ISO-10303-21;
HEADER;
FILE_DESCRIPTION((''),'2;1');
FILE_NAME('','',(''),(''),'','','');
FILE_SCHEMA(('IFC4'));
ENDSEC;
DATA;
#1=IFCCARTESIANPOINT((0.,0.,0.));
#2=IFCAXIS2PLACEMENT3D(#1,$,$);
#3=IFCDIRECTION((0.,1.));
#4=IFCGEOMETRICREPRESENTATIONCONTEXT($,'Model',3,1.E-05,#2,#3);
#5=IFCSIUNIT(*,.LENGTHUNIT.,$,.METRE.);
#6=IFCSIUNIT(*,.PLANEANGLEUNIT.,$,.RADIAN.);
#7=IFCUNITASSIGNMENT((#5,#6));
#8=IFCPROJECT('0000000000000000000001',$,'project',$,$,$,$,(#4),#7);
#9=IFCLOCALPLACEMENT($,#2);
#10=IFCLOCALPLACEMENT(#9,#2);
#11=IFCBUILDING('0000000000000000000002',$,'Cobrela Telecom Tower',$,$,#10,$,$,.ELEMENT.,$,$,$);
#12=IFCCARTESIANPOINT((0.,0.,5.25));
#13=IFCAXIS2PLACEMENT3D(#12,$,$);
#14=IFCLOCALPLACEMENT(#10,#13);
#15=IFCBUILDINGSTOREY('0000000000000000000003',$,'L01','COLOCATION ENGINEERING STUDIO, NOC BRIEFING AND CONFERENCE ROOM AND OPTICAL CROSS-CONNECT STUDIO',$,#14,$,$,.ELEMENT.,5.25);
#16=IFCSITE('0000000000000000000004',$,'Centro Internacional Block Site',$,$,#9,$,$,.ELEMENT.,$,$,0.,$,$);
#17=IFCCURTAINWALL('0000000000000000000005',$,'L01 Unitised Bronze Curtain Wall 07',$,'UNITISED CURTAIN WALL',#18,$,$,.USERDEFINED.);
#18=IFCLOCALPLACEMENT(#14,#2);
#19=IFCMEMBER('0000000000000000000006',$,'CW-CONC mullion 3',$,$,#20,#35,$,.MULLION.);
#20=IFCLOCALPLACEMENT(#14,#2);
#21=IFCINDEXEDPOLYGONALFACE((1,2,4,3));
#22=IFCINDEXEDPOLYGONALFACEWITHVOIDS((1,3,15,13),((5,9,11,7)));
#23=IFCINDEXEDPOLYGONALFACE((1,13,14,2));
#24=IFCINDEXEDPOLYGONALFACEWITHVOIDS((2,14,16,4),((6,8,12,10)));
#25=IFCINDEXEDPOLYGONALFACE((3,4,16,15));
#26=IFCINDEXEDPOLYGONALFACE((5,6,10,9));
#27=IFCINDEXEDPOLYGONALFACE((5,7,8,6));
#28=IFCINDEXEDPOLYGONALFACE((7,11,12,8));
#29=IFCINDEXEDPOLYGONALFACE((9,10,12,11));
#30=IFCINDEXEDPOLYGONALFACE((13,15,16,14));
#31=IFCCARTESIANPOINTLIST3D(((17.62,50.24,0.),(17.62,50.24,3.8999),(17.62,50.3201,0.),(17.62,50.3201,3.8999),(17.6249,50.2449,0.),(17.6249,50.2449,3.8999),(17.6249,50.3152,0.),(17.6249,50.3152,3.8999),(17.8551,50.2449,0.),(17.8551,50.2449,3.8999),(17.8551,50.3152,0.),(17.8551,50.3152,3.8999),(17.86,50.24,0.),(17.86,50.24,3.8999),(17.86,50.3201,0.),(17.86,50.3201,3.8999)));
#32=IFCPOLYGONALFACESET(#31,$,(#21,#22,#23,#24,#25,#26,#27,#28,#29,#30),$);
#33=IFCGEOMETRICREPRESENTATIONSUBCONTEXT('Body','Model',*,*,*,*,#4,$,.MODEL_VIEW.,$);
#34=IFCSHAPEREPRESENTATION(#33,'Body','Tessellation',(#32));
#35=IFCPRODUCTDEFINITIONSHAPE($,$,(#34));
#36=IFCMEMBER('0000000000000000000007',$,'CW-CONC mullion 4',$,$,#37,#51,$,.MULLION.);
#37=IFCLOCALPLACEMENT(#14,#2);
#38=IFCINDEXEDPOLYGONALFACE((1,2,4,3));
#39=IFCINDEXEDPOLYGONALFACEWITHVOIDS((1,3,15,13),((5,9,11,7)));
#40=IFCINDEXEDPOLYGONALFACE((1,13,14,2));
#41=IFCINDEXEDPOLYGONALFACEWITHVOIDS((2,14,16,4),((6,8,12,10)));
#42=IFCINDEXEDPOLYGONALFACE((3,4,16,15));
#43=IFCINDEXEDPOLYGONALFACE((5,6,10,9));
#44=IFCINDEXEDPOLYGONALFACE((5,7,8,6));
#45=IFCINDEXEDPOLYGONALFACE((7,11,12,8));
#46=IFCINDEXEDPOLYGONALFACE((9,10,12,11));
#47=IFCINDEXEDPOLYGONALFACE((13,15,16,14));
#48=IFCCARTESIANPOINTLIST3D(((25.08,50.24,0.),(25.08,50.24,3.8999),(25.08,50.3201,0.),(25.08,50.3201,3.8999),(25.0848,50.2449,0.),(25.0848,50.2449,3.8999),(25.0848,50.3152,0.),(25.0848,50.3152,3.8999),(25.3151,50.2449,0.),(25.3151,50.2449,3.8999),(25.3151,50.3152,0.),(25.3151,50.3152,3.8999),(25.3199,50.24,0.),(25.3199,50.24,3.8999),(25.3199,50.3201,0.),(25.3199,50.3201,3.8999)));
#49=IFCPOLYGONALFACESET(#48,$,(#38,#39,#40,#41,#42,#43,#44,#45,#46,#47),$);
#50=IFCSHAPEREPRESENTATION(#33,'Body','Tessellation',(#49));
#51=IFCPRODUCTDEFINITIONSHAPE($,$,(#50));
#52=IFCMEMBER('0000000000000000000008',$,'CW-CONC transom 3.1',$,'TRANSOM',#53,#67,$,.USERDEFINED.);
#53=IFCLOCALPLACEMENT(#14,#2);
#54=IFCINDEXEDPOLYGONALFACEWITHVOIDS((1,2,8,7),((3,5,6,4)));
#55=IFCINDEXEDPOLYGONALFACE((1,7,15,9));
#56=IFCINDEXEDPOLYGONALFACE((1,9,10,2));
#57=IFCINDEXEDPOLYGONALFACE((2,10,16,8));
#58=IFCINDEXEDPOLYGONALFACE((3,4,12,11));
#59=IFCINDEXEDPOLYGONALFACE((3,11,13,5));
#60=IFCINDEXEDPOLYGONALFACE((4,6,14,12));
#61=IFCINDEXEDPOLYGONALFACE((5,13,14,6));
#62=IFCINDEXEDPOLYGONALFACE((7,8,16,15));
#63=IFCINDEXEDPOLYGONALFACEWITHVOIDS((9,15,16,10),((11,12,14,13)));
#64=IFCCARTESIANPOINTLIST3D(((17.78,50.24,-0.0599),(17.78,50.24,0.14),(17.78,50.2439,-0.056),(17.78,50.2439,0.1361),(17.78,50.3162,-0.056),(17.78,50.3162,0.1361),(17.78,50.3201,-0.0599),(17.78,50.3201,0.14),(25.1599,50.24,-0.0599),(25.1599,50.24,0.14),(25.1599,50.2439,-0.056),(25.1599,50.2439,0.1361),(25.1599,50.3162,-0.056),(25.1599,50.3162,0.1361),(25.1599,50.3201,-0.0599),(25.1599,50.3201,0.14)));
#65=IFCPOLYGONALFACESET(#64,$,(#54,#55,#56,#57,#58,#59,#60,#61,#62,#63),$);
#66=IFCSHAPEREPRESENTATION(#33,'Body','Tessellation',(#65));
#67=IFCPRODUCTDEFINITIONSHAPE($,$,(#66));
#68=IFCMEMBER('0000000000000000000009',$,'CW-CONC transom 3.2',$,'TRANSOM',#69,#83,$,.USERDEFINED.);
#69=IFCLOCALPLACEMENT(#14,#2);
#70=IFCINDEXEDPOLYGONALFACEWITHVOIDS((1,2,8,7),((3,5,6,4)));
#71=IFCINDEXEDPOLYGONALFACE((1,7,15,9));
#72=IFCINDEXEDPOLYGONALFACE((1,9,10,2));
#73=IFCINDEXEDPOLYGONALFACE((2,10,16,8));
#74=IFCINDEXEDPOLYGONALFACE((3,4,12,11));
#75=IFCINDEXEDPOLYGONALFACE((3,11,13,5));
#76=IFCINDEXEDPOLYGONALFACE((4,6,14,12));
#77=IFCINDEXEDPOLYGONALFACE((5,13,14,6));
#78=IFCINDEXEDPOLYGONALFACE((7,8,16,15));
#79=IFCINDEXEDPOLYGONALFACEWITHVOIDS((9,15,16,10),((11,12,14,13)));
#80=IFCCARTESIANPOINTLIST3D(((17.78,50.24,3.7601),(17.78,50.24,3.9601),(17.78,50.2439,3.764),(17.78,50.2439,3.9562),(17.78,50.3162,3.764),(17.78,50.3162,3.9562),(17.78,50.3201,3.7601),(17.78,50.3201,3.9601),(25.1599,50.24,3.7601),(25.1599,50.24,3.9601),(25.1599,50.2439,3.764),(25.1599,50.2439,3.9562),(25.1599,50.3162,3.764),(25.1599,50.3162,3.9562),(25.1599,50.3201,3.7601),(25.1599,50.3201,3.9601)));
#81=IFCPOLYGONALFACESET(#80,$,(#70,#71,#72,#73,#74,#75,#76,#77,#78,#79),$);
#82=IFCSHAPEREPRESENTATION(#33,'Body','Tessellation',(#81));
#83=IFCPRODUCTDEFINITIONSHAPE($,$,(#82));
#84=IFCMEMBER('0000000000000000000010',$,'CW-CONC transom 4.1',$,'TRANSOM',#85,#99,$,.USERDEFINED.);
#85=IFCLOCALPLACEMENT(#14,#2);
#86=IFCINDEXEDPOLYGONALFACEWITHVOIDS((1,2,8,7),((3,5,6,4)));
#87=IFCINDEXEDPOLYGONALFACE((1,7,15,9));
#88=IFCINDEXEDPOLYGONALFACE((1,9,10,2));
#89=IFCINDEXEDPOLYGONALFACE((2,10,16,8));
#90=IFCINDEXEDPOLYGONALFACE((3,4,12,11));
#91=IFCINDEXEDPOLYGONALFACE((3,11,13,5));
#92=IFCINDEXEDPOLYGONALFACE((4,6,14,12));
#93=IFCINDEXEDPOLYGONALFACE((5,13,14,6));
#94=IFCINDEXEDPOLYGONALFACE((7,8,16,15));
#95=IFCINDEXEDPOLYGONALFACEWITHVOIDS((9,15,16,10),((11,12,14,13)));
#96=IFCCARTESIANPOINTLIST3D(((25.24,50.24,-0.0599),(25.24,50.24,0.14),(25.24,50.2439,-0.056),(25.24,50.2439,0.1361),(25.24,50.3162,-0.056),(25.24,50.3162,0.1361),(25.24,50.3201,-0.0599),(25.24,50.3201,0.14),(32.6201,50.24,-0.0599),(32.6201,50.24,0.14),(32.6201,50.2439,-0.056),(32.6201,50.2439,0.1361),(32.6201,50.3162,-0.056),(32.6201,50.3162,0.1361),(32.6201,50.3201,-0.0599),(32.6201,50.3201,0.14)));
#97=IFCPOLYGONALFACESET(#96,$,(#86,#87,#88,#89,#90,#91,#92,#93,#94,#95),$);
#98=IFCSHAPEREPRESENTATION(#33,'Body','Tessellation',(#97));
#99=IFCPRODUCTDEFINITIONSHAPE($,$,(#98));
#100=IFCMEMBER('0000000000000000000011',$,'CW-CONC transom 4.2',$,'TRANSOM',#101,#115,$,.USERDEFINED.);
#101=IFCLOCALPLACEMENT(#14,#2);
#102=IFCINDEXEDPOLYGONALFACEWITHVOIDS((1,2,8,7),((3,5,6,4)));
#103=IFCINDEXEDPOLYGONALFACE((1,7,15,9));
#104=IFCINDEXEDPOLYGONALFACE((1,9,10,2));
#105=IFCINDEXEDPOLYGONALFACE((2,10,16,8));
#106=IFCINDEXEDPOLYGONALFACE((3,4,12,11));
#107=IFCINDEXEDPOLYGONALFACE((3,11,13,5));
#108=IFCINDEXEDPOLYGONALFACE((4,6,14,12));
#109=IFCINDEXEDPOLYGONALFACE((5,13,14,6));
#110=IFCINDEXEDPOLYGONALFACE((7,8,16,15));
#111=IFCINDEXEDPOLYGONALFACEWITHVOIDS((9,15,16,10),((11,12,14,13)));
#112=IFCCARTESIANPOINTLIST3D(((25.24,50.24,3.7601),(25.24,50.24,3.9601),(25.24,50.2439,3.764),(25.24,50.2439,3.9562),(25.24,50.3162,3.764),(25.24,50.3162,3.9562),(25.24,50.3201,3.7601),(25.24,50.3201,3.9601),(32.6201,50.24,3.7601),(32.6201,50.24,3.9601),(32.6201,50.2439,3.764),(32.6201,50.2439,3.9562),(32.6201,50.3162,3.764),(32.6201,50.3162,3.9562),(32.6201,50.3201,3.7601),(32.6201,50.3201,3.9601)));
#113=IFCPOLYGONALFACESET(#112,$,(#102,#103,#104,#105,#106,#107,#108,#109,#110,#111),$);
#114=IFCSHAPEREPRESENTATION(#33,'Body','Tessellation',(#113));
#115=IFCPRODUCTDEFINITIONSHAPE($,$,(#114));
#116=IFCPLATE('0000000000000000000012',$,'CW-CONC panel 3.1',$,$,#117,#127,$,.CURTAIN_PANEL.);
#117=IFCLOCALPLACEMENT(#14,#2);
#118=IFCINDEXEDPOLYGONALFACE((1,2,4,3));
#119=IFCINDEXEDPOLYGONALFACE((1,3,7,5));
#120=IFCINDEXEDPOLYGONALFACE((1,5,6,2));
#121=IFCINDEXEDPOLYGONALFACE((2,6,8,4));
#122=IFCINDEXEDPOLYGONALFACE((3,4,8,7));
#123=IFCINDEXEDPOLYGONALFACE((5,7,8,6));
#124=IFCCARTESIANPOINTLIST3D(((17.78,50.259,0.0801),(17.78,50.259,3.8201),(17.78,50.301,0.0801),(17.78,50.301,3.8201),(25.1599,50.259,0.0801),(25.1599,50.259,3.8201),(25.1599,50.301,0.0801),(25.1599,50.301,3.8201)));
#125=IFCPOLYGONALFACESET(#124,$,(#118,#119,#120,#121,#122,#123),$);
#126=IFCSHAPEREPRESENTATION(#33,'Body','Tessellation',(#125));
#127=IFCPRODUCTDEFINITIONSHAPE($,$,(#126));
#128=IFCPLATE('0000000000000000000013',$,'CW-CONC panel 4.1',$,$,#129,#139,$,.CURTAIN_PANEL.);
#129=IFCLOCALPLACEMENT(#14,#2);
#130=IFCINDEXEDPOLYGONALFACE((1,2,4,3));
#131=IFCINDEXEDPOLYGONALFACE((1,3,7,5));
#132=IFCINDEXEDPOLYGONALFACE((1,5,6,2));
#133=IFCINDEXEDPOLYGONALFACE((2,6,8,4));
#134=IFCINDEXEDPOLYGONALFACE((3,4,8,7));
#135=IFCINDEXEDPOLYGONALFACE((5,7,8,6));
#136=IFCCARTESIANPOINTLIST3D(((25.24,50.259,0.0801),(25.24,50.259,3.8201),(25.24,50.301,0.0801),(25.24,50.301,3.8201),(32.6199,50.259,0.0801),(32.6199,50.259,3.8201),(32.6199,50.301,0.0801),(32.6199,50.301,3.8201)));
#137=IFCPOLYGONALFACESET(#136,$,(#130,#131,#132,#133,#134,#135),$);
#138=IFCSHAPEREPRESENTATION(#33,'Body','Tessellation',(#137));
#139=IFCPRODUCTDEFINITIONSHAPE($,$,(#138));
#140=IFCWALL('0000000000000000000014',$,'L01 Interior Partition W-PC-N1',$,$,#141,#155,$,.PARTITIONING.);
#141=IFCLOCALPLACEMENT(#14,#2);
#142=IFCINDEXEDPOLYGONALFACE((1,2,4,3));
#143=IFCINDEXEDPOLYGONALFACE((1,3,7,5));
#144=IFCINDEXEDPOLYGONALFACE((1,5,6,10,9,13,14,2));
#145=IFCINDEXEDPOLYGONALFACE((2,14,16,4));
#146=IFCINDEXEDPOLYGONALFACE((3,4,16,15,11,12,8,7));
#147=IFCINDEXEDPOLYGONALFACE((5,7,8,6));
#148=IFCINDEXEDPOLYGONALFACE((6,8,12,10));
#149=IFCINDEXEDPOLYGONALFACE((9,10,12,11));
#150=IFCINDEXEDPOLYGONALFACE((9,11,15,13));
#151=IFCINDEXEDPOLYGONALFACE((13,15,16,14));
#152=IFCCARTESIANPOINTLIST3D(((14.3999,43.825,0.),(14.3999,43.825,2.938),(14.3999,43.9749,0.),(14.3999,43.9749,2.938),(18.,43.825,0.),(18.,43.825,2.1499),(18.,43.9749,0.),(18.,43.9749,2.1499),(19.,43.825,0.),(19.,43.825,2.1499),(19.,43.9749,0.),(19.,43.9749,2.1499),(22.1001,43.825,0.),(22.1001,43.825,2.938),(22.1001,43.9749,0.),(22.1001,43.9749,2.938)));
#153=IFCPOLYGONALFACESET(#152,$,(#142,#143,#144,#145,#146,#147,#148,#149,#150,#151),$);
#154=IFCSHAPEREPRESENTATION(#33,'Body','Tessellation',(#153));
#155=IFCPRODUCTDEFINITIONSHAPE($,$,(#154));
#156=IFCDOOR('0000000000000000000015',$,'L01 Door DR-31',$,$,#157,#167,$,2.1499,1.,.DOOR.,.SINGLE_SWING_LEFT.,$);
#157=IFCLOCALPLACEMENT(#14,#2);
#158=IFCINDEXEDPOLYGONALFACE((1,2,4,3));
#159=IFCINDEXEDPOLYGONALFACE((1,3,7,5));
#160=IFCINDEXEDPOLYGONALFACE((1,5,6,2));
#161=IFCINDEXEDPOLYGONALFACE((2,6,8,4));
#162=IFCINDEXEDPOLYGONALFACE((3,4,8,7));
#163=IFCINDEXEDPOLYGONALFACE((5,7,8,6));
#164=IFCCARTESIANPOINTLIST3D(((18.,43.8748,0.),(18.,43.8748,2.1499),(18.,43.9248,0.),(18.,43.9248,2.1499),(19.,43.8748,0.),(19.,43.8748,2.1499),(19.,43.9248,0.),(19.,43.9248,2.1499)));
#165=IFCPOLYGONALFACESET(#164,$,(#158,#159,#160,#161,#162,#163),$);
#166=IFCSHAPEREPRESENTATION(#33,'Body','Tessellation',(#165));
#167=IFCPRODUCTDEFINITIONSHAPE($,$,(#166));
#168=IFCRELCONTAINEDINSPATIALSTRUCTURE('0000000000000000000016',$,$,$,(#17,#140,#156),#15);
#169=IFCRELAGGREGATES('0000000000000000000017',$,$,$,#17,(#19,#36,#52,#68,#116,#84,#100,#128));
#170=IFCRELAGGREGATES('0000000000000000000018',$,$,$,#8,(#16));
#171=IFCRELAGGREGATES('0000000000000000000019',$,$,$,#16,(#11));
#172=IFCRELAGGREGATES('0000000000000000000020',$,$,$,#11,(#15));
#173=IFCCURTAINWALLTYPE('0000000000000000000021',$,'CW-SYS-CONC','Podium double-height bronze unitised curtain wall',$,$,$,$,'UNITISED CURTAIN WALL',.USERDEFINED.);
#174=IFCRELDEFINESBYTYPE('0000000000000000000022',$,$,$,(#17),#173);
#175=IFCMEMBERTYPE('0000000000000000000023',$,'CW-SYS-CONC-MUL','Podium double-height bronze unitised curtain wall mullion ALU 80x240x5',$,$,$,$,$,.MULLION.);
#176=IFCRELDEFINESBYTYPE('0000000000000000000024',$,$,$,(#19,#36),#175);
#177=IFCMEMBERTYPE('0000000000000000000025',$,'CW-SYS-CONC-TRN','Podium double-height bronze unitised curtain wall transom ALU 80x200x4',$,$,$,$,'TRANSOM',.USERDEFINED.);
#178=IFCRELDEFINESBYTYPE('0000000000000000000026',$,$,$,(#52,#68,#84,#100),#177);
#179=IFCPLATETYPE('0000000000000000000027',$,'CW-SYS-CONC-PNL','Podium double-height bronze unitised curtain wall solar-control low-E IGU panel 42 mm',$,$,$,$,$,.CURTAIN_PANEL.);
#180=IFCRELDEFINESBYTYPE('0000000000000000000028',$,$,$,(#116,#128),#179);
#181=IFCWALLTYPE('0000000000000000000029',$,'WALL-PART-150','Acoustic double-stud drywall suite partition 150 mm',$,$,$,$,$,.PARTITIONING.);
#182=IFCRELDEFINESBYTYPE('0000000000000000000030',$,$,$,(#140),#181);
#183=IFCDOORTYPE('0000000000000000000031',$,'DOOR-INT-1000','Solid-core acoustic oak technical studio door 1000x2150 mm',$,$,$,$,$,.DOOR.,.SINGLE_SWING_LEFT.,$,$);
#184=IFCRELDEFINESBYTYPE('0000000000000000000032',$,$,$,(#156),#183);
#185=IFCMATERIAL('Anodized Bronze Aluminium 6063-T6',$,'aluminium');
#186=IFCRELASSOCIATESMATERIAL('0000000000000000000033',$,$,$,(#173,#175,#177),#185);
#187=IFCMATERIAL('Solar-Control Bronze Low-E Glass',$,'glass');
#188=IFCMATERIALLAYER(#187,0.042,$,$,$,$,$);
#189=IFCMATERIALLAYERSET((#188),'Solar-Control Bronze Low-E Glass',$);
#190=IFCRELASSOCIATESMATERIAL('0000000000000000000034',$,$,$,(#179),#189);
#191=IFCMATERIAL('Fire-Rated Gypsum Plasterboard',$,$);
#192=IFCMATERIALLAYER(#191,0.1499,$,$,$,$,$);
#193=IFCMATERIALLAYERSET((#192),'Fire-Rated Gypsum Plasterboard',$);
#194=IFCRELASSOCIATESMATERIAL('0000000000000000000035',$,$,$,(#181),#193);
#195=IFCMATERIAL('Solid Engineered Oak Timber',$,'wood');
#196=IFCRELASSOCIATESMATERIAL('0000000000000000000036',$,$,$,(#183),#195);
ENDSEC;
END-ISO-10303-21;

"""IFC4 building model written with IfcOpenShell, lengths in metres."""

from ifc_helpers import new_model, si_unit, direction, frame, frame_2d, origin, origin_2d, place, context, subcontext, project, spatial, rectangle, hollow_rectangle, extrude, material, layer, layer_set, material_profile, profile_set, type_object, element, fill, aggregate, save


model = new_model("IFC4")

# Units and contexts
model_context = context("Model", 3, precision=1e-05, world=origin(), true_north=direction((0.0, 1.0)))
body_context = subcontext(model_context, "Body", "Model", "MODEL_VIEW")
ifc_project = project(units=[si_unit("LENGTHUNIT", "METRE"), si_unit("PLANEANGLEUNIT", "RADIAN")], contexts=[model_context])

# Site, building, storey
site_placement = place(None, origin())
site = spatial("IfcSite", under=ifc_project, at=site_placement, Name="Centro Internacional Block Site", CompositionType="ELEMENT", RefElevation=0.0)
building_placement = place(site_placement, origin())
building = spatial("IfcBuilding", under=site, at=building_placement, Name="Cobrela Telecom Tower", CompositionType="ELEMENT")
storey_placement = place(building_placement, frame((0.0, 0.0, 5.25)))
storey = spatial("IfcBuildingStorey", under=building, at=storey_placement, Name="L01", Description="COLOCATION ENGINEERING STUDIO, NOC BRIEFING AND CONFERENCE ROOM AND OPTICAL CROSS-CONNECT STUDIO", CompositionType="ELEMENT", Elevation=5.25)

# Curtain wall, members, plates
ifc_material_1 = material(Name="Anodized Bronze Aluminium 6063-T6", Category="aluminium")
curtain_wall_type = type_object("IfcCurtainWallType", Name="CW-SYS-CONC", Description="Podium double-height bronze unitised curtain wall", ElementType="UNITISED CURTAIN WALL", PredefinedType="USERDEFINED", material=ifc_material_1)
curtain_wall_placement = place(storey_placement, origin())
curtain_wall = element("IfcCurtainWall", 1, at=curtain_wall_placement, inside=storey, type_object=curtain_wall_type, Name="L01 Unitised Bronze Curtain Wall 07", ObjectType="UNITISED CURTAIN WALL", PredefinedType="USERDEFINED")
ifc_material_profile_1 = material_profile(ifc_material_1, hollow_rectangle(XDim=0.0801, YDim=0.24, WallThickness=0.0049, at=origin_2d()), Name="ALU 80x240x5")
ifc_profile_set_1 = profile_set([ifc_material_profile_1], Name="Anodized Bronze Aluminium 6063-T6")
member_type_1 = type_object("IfcMemberType", Name="CW-SYS-CONC-MUL", Description="Podium double-height bronze unitised curtain wall mullion ALU 80x240x5", PredefinedType="MULLION", material=ifc_profile_set_1)
member_1_placement = place(storey_placement, frame((17.74, 50.28, 0.0), z_axis=(0.0, 0.0, 1.0), x_axis=(0.0, 1.0, 0.0)))
member_1 = element("IfcMember", 2, at=member_1_placement, type_object=member_type_1, Name="CW-CONC mullion 3", PredefinedType="MULLION", context=body_context, shape_type="SweptSolid", body=[
    extrude(hollow_rectangle(XDim=0.0801, YDim=0.24, WallThickness=0.0049, at=origin_2d()), origin(), (0.0, 0.0, 1.0), 3.8999),
])
member_2_placement = place(storey_placement, frame((25.2, 50.28, 0.0), z_axis=(0.0, 0.0, 1.0), x_axis=(0.0, 1.0, 0.0)))
member_2 = element("IfcMember", 3, at=member_2_placement, type_object=member_type_1, Name="CW-CONC mullion 4", PredefinedType="MULLION", context=body_context, shape_type="SweptSolid", body=[
    extrude(hollow_rectangle(XDim=0.0801, YDim=0.24, WallThickness=0.0049, at=origin_2d()), origin(), (0.0, 0.0, 1.0), 3.8999),
])
ifc_material_profile_2 = material_profile(ifc_material_1, hollow_rectangle(XDim=0.0801, YDim=0.2, WallThickness=0.0039, at=origin_2d()), Name="ALU 80x200x4")
ifc_profile_set_2 = profile_set([ifc_material_profile_2], Name="Anodized Bronze Aluminium 6063-T6")
member_type_2 = type_object("IfcMemberType", Name="CW-SYS-CONC-TRN", Description="Podium double-height bronze unitised curtain wall transom ALU 80x200x4", ElementType="TRANSOM", PredefinedType="USERDEFINED", material=ifc_profile_set_2)
member_3_placement = place(storey_placement, frame((17.78, 50.28, 0.04), z_axis=(1.0, 0.0, 0.0), x_axis=(0.0, 1.0, 0.0)))
member_3 = element("IfcMember", 4, at=member_3_placement, type_object=member_type_2, Name="CW-CONC transom 3.1", ObjectType="TRANSOM", PredefinedType="USERDEFINED", context=body_context, shape_type="SweptSolid", body=[
    extrude(hollow_rectangle(XDim=0.0801, YDim=0.2, WallThickness=0.0039, at=origin_2d()), origin(), (0.0, 0.0, 1.0), 7.3799),
])
member_4_placement = place(storey_placement, frame((17.78, 50.28, 3.8601), z_axis=(1.0, 0.0, 0.0), x_axis=(0.0, 1.0, 0.0)))
member_4 = element("IfcMember", 5, at=member_4_placement, type_object=member_type_2, Name="CW-CONC transom 3.2", ObjectType="TRANSOM", PredefinedType="USERDEFINED", context=body_context, shape_type="SweptSolid", body=[
    extrude(hollow_rectangle(XDim=0.0801, YDim=0.2, WallThickness=0.0039, at=origin_2d()), origin(), (0.0, 0.0, 1.0), 7.3799),
])
member_5_placement = place(storey_placement, frame((25.24, 50.28, 0.04), z_axis=(1.0, 0.0, 0.0), x_axis=(0.0, 1.0, 0.0)))
member_5 = element("IfcMember", 6, at=member_5_placement, type_object=member_type_2, Name="CW-CONC transom 4.1", ObjectType="TRANSOM", PredefinedType="USERDEFINED", context=body_context, shape_type="SweptSolid", body=[
    extrude(hollow_rectangle(XDim=0.0801, YDim=0.2, WallThickness=0.0039, at=origin_2d()), origin(), (0.0, 0.0, 1.0), 7.3801),
])
member_6_placement = place(storey_placement, frame((25.24, 50.28, 3.8601), z_axis=(1.0, 0.0, 0.0), x_axis=(0.0, 1.0, 0.0)))
member_6 = element("IfcMember", 7, at=member_6_placement, type_object=member_type_2, Name="CW-CONC transom 4.2", ObjectType="TRANSOM", PredefinedType="USERDEFINED", context=body_context, shape_type="SweptSolid", body=[
    extrude(hollow_rectangle(XDim=0.0801, YDim=0.2, WallThickness=0.0039, at=origin_2d()), origin(), (0.0, 0.0, 1.0), 7.3801),
])
ifc_material_2 = material(Name="Solar-Control Bronze Low-E Glass", Category="glass")
ifc_layer_1 = layer(ifc_material_2, 0.042)
ifc_layer_set_1 = layer_set([ifc_layer_1], Name="Solar-Control Bronze Low-E Glass")
plate_type = type_object("IfcPlateType", Name="CW-SYS-CONC-PNL", Description="Podium double-height bronze unitised curtain wall solar-control low-E IGU panel 42 mm", PredefinedType="CURTAIN_PANEL", material=ifc_layer_set_1)
plate_1_placement = place(storey_placement, frame((21.47, 50.28, 0.0801), z_axis=(0.0, 0.0, 1.0), x_axis=(1.0, 0.0, 0.0)))
plate_1 = element("IfcPlate", 8, at=plate_1_placement, type_object=plate_type, Name="CW-CONC panel 3.1", PredefinedType="CURTAIN_PANEL", context=body_context, shape_type="SweptSolid", body=[
    extrude(rectangle(XDim=7.3799, YDim=0.042, at=origin_2d()), origin(), (0.0, 0.0, 1.0), 3.74),
])
plate_2_placement = place(storey_placement, frame((28.9299, 50.28, 0.0801), z_axis=(0.0, 0.0, 1.0), x_axis=(1.0, 0.0, 0.0)))
plate_2 = element("IfcPlate", 9, at=plate_2_placement, type_object=plate_type, Name="CW-CONC panel 4.1", PredefinedType="CURTAIN_PANEL", context=body_context, shape_type="SweptSolid", body=[
    extrude(rectangle(XDim=7.3799, YDim=0.042, at=origin_2d()), origin(), (0.0, 0.0, 1.0), 3.74),
])
aggregate(curtain_wall, [member_1, member_2, member_3, member_4, plate_1, member_5, member_6, plate_2])

# Wall, opening, door
ifc_material_3 = material(Name="Fire-Rated Gypsum Plasterboard")
ifc_layer_2 = layer(ifc_material_3, 0.1499)
ifc_layer_set_2 = layer_set([ifc_layer_2], Name="Fire-Rated Gypsum Plasterboard")
wall_type_1 = type_object("IfcWallType", Name="WALL-PART-150", Description="Acoustic double-stud drywall suite partition 150 mm", PredefinedType="PARTITIONING", material=ifc_layer_set_2)
wall_1_placement = place(storey_placement, frame((14.3999, 43.8999, 0.0), z_axis=(0.0, 0.0, 1.0), x_axis=(1.0, 0.0, 0.0)))
wall_1 = element("IfcWall", 10, at=wall_1_placement, inside=storey, type_object=wall_type_1, Name="L01 Interior Partition W-PC-N1", PredefinedType="PARTITIONING", context=body_context, shape_type="SweptSolid", body=[
    extrude(rectangle(XDim=7.7002, YDim=0.1499, at=frame_2d((3.8501, 0.0))), origin(), (0.0, 0.0, 1.0), 2.938),
])
opening_1_placement = place(wall_1_placement, frame((3.6001, 0.0, 0.0)))
opening_1 = element("IfcOpeningElement", 11, at=opening_1_placement, cuts=wall_1, PredefinedType="OPENING", context=body_context, shape_type="SweptSolid", body=[
    extrude(rectangle(XDim=1.0, YDim=2.1499, at=frame_2d((0.5, 1.075))), frame((0.0, 0.0869, 0.0), z_axis=(0.0, -1.0, 0.0), x_axis=(1.0, 0.0, 0.0)), (0.0, 0.0, 1.0), 0.1738),
])
ifc_material_4 = material(Name="Solid Engineered Oak Timber", Category="wood")
door_type_1 = type_object("IfcDoorType", Name="DOOR-INT-1000", Description="Solid-core acoustic oak technical studio door 1000x2150 mm", OperationType="SINGLE_SWING_LEFT", PredefinedType="DOOR", material=ifc_material_4)
door_1_placement = place(opening_1_placement, origin())
door_1 = element("IfcDoor", 12, at=door_1_placement, inside=storey, type_object=door_type_1, Name="L01 Door DR-31", OperationType="SINGLE_SWING_LEFT", OverallHeight=2.1499, OverallWidth=1.0, PredefinedType="DOOR", context=body_context, shape_type="SweptSolid", body=[
    extrude(rectangle(XDim=1.0, YDim=2.1499, at=frame_2d((0.5, 1.075))), frame((0.0, 0.0249, 0.0), z_axis=(0.0, -1.0, 0.0), x_axis=(1.0, 0.0, 0.0)), (0.0, 0.0, 1.0), 0.05),
])
fill(opening_1, door_1)

save(model, "model.ifc")
